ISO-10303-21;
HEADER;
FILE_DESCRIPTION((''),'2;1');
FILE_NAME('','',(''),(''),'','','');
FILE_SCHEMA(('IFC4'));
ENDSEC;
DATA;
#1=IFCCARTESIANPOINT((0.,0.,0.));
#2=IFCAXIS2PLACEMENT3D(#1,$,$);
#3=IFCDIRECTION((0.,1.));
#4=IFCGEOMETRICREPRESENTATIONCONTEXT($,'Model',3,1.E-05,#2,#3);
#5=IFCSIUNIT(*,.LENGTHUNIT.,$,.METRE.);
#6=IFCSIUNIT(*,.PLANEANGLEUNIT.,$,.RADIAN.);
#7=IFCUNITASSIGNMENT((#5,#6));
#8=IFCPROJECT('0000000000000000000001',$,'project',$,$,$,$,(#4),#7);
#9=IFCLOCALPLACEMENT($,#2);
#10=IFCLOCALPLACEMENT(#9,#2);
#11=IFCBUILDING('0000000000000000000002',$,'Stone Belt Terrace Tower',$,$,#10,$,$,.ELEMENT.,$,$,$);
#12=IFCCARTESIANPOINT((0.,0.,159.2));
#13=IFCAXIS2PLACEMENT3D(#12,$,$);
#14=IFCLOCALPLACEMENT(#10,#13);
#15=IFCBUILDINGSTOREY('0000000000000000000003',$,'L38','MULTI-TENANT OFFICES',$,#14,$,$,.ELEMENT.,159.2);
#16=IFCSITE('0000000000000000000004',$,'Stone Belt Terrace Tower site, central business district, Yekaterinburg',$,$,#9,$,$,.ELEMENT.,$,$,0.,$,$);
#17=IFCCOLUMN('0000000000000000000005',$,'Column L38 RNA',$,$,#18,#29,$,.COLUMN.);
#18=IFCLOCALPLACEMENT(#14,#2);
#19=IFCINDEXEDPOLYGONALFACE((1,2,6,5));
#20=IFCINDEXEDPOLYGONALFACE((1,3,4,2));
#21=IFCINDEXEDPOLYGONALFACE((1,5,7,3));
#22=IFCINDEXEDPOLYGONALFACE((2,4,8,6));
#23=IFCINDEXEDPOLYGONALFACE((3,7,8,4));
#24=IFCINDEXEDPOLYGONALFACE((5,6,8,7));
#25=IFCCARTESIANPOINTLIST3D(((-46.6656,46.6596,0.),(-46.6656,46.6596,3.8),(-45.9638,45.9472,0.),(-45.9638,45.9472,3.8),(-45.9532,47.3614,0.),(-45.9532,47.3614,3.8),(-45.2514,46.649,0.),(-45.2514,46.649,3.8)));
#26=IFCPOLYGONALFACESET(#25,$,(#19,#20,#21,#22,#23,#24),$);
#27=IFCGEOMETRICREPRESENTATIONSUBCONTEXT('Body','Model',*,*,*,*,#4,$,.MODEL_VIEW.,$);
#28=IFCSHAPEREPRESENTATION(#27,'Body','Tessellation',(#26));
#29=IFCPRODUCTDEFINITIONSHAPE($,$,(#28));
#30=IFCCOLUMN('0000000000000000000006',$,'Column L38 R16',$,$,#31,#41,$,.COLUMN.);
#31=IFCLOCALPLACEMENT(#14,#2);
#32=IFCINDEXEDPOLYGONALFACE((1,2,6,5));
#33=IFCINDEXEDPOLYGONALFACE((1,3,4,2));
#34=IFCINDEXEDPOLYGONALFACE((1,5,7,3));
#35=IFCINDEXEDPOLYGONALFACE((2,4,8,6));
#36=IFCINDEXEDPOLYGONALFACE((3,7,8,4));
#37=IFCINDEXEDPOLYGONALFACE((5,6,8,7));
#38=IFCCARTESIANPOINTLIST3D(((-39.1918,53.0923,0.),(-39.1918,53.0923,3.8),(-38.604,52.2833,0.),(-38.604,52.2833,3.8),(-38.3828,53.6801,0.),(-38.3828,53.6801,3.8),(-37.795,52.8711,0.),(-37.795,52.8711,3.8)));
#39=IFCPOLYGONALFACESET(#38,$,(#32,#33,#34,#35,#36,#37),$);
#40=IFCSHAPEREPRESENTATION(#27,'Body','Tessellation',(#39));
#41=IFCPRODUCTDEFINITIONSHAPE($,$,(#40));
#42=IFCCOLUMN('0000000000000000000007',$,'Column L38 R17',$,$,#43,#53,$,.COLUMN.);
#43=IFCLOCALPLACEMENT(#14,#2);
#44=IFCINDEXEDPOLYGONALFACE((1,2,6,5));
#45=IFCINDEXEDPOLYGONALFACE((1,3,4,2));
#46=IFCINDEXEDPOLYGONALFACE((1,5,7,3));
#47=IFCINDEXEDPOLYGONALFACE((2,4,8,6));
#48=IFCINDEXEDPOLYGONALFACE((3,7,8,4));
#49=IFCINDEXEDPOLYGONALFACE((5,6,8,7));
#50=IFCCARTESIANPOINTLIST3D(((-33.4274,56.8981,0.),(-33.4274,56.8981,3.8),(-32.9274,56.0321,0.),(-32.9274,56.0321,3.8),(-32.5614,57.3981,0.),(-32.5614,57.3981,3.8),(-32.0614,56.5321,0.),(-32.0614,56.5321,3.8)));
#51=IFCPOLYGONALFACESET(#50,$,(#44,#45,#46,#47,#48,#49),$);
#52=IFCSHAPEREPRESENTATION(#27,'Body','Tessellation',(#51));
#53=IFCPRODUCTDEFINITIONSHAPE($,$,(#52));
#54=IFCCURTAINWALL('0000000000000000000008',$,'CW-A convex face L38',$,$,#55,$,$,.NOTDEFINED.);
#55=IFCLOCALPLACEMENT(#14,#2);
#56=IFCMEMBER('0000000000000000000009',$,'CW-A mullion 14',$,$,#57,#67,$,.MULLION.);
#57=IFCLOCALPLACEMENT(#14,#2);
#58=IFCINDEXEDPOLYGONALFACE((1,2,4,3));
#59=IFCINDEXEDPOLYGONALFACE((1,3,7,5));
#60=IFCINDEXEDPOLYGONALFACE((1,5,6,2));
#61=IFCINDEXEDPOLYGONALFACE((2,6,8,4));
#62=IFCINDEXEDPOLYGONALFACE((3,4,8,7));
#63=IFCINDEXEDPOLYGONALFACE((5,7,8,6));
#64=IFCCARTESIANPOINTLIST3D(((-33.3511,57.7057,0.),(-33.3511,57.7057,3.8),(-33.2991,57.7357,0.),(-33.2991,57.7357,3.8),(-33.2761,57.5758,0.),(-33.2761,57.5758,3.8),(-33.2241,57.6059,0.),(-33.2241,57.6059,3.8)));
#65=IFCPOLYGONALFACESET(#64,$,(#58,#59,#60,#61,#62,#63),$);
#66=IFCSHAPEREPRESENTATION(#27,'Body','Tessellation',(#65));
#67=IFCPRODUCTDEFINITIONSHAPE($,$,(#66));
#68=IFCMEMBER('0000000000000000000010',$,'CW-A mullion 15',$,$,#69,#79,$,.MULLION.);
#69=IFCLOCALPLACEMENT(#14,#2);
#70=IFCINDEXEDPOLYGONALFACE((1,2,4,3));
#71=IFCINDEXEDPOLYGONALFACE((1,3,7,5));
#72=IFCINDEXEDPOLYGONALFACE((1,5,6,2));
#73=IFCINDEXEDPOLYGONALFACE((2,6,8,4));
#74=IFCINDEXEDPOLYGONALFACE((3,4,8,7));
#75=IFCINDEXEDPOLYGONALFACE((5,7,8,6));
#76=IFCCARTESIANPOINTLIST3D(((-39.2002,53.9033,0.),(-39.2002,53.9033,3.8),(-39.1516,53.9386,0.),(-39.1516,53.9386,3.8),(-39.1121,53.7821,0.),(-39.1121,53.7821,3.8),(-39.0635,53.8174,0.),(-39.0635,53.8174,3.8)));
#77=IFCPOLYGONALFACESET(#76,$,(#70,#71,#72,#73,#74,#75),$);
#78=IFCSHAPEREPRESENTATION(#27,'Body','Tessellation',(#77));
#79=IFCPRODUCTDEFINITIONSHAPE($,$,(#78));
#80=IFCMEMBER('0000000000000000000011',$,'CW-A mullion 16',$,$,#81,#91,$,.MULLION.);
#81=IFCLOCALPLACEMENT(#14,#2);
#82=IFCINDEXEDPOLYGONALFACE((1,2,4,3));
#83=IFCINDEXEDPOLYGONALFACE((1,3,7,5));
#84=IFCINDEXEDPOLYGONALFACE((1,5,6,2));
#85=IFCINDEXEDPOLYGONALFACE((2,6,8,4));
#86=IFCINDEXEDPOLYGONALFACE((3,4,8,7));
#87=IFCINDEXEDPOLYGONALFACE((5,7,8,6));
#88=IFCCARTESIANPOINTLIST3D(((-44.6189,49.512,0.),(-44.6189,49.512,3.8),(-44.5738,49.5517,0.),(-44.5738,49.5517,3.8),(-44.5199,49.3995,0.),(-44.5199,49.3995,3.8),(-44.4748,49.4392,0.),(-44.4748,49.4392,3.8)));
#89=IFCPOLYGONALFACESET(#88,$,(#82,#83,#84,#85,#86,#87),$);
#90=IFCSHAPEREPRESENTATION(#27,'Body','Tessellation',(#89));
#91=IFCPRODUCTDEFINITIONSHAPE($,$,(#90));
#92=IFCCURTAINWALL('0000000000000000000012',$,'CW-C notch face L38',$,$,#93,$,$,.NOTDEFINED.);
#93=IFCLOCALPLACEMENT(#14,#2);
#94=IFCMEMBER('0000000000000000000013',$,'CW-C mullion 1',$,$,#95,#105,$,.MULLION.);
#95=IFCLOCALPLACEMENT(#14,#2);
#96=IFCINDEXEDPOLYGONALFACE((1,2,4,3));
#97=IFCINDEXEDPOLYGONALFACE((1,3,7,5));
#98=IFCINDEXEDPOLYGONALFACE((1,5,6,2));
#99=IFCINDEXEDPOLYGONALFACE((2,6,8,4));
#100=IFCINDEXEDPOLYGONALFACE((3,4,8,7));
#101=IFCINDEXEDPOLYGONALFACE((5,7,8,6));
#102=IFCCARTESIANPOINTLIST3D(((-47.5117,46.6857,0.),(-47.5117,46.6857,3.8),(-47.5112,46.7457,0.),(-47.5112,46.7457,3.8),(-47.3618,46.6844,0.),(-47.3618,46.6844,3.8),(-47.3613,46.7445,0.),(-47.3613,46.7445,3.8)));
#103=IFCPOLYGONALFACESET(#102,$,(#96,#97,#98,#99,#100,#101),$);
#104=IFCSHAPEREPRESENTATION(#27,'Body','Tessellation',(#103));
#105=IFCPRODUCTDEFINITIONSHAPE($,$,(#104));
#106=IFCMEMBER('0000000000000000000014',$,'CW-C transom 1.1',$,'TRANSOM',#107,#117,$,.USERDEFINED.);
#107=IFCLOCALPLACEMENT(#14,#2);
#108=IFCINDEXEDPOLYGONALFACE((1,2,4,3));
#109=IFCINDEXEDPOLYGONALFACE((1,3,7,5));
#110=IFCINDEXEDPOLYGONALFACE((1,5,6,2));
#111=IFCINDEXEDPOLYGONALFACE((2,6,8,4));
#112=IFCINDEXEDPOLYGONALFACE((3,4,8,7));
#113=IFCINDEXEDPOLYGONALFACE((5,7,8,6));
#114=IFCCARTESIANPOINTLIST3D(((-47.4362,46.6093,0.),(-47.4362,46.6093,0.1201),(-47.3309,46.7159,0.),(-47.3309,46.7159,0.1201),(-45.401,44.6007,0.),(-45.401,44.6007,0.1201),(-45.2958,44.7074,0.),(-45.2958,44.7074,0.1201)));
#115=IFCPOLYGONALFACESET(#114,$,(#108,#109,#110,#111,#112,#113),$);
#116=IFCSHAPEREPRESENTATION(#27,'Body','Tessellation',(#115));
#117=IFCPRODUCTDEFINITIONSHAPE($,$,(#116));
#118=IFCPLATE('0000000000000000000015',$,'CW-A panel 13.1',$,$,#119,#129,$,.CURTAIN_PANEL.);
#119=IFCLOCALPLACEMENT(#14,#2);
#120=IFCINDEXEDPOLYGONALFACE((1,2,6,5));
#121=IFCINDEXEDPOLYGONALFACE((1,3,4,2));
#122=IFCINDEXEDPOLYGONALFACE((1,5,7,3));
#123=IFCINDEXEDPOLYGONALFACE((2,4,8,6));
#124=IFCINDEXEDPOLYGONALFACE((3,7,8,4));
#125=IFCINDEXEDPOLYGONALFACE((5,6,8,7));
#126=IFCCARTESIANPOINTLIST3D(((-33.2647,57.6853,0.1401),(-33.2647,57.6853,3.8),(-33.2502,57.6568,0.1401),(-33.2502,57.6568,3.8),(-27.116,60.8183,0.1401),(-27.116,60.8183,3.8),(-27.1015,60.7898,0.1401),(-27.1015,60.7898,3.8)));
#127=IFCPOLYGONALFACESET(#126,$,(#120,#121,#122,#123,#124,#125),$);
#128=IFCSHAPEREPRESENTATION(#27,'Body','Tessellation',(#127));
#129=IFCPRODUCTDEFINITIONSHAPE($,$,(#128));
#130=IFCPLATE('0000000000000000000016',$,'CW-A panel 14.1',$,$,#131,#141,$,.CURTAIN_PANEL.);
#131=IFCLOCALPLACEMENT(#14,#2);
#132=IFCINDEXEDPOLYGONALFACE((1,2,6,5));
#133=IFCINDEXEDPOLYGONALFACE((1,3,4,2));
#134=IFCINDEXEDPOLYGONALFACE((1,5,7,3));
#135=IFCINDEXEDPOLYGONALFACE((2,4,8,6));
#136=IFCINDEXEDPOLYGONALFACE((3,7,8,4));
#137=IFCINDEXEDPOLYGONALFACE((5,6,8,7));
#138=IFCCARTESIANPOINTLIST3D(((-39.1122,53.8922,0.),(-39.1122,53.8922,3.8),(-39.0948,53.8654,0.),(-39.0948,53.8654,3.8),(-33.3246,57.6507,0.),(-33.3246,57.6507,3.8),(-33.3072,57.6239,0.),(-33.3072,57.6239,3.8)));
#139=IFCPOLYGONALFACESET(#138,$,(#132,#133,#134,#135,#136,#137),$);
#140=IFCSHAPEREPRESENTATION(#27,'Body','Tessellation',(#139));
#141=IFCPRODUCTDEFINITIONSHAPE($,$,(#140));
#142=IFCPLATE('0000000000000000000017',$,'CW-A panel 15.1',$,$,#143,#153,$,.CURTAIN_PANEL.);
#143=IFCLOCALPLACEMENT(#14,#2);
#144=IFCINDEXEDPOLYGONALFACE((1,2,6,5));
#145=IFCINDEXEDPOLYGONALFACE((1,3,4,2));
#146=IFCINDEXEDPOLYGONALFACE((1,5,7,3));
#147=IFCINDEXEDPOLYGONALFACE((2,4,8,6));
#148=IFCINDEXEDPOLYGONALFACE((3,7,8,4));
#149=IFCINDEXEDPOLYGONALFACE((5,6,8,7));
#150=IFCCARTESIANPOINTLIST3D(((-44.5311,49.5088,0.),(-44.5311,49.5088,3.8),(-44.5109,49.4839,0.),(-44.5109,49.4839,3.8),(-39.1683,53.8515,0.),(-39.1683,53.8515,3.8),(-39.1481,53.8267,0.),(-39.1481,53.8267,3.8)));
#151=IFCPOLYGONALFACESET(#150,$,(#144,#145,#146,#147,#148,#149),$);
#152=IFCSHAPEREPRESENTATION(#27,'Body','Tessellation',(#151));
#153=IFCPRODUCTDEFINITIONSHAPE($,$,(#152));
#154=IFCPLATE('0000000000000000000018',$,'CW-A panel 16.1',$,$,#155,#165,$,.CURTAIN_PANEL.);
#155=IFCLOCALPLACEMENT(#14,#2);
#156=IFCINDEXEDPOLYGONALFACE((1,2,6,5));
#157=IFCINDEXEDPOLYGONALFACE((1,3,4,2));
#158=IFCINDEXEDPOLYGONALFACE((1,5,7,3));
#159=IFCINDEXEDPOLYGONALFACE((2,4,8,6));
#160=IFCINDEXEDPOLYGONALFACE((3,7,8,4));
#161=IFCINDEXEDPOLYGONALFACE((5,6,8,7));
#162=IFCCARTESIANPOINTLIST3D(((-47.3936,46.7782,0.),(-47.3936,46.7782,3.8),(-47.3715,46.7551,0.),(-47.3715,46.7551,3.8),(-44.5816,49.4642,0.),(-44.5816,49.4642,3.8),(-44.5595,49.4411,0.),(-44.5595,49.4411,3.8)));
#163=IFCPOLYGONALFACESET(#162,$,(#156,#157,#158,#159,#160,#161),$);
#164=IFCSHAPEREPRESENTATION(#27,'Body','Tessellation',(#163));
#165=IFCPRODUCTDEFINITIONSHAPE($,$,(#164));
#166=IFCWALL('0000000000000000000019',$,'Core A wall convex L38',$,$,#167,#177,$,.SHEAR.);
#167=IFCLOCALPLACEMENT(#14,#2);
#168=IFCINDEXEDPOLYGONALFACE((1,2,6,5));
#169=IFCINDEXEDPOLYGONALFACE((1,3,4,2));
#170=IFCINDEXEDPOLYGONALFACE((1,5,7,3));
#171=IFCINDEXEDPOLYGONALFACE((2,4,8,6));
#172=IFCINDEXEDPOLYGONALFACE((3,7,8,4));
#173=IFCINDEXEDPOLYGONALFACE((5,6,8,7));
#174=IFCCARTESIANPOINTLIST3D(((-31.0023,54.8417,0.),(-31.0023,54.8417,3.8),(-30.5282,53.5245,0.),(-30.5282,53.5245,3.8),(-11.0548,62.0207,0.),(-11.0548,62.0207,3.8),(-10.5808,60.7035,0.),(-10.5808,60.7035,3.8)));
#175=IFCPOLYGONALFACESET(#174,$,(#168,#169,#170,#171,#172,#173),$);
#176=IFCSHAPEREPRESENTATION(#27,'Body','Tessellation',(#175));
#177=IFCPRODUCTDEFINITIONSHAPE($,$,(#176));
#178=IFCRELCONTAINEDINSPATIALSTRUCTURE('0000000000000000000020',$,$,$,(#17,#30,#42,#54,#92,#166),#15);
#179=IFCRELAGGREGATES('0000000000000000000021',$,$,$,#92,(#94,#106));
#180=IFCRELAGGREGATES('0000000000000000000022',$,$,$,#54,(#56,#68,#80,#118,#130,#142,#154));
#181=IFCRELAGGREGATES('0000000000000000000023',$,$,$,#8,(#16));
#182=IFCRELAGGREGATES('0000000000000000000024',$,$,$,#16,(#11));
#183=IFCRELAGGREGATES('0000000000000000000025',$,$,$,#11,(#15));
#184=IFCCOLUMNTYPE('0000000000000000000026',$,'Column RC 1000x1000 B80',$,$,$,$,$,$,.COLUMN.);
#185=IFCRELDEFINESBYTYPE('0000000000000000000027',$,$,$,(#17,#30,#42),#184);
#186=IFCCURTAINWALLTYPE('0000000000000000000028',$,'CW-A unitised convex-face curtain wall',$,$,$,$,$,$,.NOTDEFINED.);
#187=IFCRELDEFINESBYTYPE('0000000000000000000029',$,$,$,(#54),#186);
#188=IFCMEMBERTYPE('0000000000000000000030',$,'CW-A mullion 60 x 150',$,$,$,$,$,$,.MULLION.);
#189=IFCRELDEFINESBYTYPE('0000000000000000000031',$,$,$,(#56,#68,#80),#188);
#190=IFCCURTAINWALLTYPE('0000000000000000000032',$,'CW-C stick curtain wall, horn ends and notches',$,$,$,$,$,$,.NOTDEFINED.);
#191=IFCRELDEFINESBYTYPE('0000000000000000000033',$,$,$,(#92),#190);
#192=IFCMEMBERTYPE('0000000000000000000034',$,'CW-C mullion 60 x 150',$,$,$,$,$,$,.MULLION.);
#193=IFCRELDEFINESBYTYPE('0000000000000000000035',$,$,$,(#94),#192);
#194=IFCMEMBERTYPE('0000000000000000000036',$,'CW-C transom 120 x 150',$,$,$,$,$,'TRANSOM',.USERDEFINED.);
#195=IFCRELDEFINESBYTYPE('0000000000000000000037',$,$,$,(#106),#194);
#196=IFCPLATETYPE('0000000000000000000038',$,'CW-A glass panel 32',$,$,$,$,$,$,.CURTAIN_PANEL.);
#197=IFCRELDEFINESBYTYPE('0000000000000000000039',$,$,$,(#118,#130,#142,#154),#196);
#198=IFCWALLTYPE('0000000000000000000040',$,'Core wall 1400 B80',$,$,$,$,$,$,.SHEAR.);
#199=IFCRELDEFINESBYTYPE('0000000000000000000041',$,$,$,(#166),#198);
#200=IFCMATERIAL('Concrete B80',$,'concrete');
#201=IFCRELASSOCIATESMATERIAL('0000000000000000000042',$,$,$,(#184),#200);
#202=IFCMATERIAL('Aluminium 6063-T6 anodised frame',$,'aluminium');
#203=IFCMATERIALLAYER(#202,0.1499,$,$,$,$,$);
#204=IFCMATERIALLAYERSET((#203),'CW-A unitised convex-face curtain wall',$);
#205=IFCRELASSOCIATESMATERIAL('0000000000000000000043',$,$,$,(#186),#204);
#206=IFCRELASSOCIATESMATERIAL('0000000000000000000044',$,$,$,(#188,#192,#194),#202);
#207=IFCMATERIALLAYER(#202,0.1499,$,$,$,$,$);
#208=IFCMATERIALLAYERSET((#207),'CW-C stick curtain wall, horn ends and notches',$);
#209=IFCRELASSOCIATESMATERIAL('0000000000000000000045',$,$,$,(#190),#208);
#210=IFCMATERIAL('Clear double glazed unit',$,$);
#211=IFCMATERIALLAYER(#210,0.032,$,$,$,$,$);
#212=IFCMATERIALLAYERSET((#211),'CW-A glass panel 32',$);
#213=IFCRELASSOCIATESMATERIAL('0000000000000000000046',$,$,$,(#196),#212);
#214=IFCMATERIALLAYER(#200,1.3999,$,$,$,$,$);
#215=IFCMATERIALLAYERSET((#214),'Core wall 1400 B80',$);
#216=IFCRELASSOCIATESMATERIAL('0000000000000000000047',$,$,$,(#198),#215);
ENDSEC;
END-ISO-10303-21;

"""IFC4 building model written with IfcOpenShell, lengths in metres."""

from ifc_helpers import new_model, si_unit, direction, frame, frame_2d, origin, origin_2d, place, context, subcontext, project, spatial, rectangle, extrude, material, layer, layer_set, material_profile, profile_set, type_object, element, aggregate, save


model = new_model("IFC4")

# Units and contexts
model_context = context("Model", 3, precision=1e-05, world=origin(), true_north=direction((0.0, 1.0)))
body_context = subcontext(model_context, "Body", "Model", "MODEL_VIEW")
ifc_project = project(units=[si_unit("LENGTHUNIT", "METRE"), si_unit("PLANEANGLEUNIT", "RADIAN")], contexts=[model_context])

# Site, building, storey
site_placement = place(None, origin())
site = spatial("IfcSite", under=ifc_project, at=site_placement, Name="Stone Belt Terrace Tower site, central business district, Yekaterinburg", CompositionType="ELEMENT", RefElevation=0.0)
building_placement = place(site_placement, origin())
building = spatial("IfcBuilding", under=site, at=building_placement, Name="Stone Belt Terrace Tower", CompositionType="ELEMENT")
storey_placement = place(building_placement, frame((0.0, 0.0, 159.2)))
storey = spatial("IfcBuildingStorey", under=building, at=storey_placement, Name="L38", Description="MULTI-TENANT OFFICES", CompositionType="ELEMENT", Elevation=159.2)

# Columns
ifc_material_1 = material(Name="Concrete B80", Category="concrete")
ifc_material_profile_1 = material_profile(ifc_material_1, rectangle(XDim=1.0, YDim=1.0, at=origin_2d()), Name="RC 1000x1000")
ifc_profile_set_1 = profile_set([ifc_material_profile_1], Name="Concrete B80")
column_type = type_object("IfcColumnType", Name="Column RC 1000x1000 B80", PredefinedType="COLUMN", material=ifc_profile_set_1)
for number, where, z_axis, x_axis, name in (
    (1, (-45.9585, 46.6543, 0.0), (0.0, 0.0, 1.0), (0.712398, 0.701775, 0.0), "Column L38 RNA"),
    (2, (-38.4934, 52.9817, 0.0), (0.0, 0.0, 1.0), (0.809017, 0.587785, 0.0), "Column L38 R16"),
    (3, (-32.7444, 56.7151, 0.0), (0.0, 0.0, 1.0), (0.866025, 0.5, 0.0), "Column L38 R17"),
):
    element("IfcColumn", number, at=place(storey_placement, frame(where, z_axis=z_axis, x_axis=x_axis)), inside=storey, type_object=column_type, Name=name, PredefinedType="COLUMN", context=body_context, shape_type="SweptSolid", body=[
        extrude(rectangle(XDim=1.0, YDim=1.0, at=origin_2d()), origin(), (0.0, 0.0, 1.0), 3.8),
    ])

# Curtain walls, members
ifc_material_2 = material(Name="Aluminium 6063-T6 anodised frame", Category="aluminium")
ifc_layer_1 = layer(ifc_material_2, 0.1499)
ifc_layer_set_1 = layer_set([ifc_layer_1], Name="CW-A unitised convex-face curtain wall")
curtain_wall_type_1 = type_object("IfcCurtainWallType", Name="CW-A unitised convex-face curtain wall", PredefinedType="NOTDEFINED", material=ifc_layer_set_1)
curtain_wall_1_placement = place(storey_placement, origin())
curtain_wall_1 = element("IfcCurtainWall", 4, at=curtain_wall_1_placement, inside=storey, type_object=curtain_wall_type_1, Name="CW-A convex face L38", PredefinedType="NOTDEFINED")
ifc_material_profile_2 = material_profile(ifc_material_2, rectangle(XDim=0.1499, YDim=0.0601, at=origin_2d()), Name="Aluminium 6063-T6 60x150")
ifc_profile_set_2 = profile_set([ifc_material_profile_2], Name="Aluminium 6063-T6 anodised frame")
member_type_1 = type_object("IfcMemberType", Name="CW-A mullion 60 x 150", PredefinedType="MULLION", material=ifc_profile_set_2)
member_1_placement = place(storey_placement, frame((-33.2876, 57.6558, 0.0), z_axis=(0.0, 0.0, 1.0), x_axis=(0.5, -0.866025, 0.0)))
member_1 = element("IfcMember", 5, at=member_1_placement, type_object=member_type_1, Name="CW-A mullion 14", PredefinedType="MULLION", context=body_context, shape_type="SweptSolid", body=[
    extrude(rectangle(XDim=0.1499, YDim=0.0601, at=origin_2d()), origin(), (0.0, 0.0, 1.0), 3.8),
])
member_2_placement = place(storey_placement, frame((-39.1318, 53.8604, 0.0), z_axis=(0.0, 0.0, 1.0), x_axis=(0.587785, -0.809017, 0.0)))
member_2 = element("IfcMember", 6, at=member_2_placement, type_object=member_type_1, Name="CW-A mullion 15", PredefinedType="MULLION", context=body_context, shape_type="SweptSolid", body=[
    extrude(rectangle(XDim=0.1499, YDim=0.0601, at=origin_2d()), origin(), (0.0, 0.0, 1.0), 3.8),
])
member_3_placement = place(storey_placement, frame((-44.5469, 49.4756, 0.0), z_axis=(0.0, 0.0, 1.0), x_axis=(0.660573, -0.750761, 0.0)))
member_3 = element("IfcMember", 7, at=member_3_placement, type_object=member_type_1, Name="CW-A mullion 16", PredefinedType="MULLION", context=body_context, shape_type="SweptSolid", body=[
    extrude(rectangle(XDim=0.1499, YDim=0.0601, at=origin_2d()), origin(), (0.0, 0.0, 1.0), 3.8),
])
ifc_layer_2 = layer(ifc_material_2, 0.1499)
ifc_layer_set_2 = layer_set([ifc_layer_2], Name="CW-C stick curtain wall, horn ends and notches")
curtain_wall_type_2 = type_object("IfcCurtainWallType", Name="CW-C stick curtain wall, horn ends and notches", PredefinedType="NOTDEFINED", material=ifc_layer_set_2)
curtain_wall_2_placement = place(storey_placement, origin())
curtain_wall_2 = element("IfcCurtainWall", 8, at=curtain_wall_2_placement, inside=storey, type_object=curtain_wall_type_2, Name="CW-C notch face L38", PredefinedType="NOTDEFINED")
ifc_material_profile_3 = material_profile(ifc_material_2, rectangle(XDim=0.1499, YDim=0.0601, at=origin_2d()), Name="Aluminium 6063-T6 60x150")
ifc_profile_set_3 = profile_set([ifc_material_profile_3], Name="Aluminium 6063-T6 anodised frame")
member_type_2 = type_object("IfcMemberType", Name="CW-C mullion 60 x 150", PredefinedType="MULLION", material=ifc_profile_set_3)
member_4_placement = place(storey_placement, frame((-47.4365, 46.7151, 0.0), z_axis=(0.0, 0.0, 1.0), x_axis=(0.999966, -0.008188, 0.0)))
member_4 = element("IfcMember", 9, at=member_4_placement, type_object=member_type_2, Name="CW-C mullion 1", PredefinedType="MULLION", context=body_context, shape_type="SweptSolid", body=[
    extrude(rectangle(XDim=0.1499, YDim=0.0601, at=origin_2d()), origin(), (0.0, 0.0, 1.0), 3.8),
])
ifc_material_profile_4 = material_profile(ifc_material_2, rectangle(XDim=0.1499, YDim=0.1201, at=origin_2d()), Name="Aluminium 6063-T6 150x120")
ifc_profile_set_4 = profile_set([ifc_material_profile_4], Name="Aluminium 6063-T6 anodised frame")
member_type_3 = type_object("IfcMemberType", Name="CW-C transom 120 x 150", ElementType="TRANSOM", PredefinedType="USERDEFINED", material=ifc_profile_set_4)
member_5_placement = place(storey_placement, frame((-47.3835, 46.6626, 0.0601), z_axis=(0.711745, -0.702438, 0.0), x_axis=(0.702438, 0.711745, 0.0)))
member_5 = element("IfcMember", 10, at=member_5_placement, type_object=member_type_3, Name="CW-C transom 1.1", ObjectType="TRANSOM", PredefinedType="USERDEFINED", context=body_context, shape_type="SweptSolid", body=[
    extrude(rectangle(XDim=0.1499, YDim=0.1201, at=origin_2d()), origin(), (0.0, 0.0, 1.0), 2.8594),
])
aggregate(curtain_wall_2, [member_4, member_5])

# Plates
ifc_material_3 = material(Name="Clear double glazed unit")
ifc_layer_3 = layer(ifc_material_3, 0.032)
ifc_layer_set_3 = layer_set([ifc_layer_3], Name="CW-A glass panel 32")
plate_type = type_object("IfcPlateType", Name="CW-A glass panel 32", PredefinedType="CURTAIN_PANEL", material=ifc_layer_set_3)
plate_1_placement = place(storey_placement, frame((-30.1831, 59.2375, 0.1401), z_axis=(0.0, 0.0, 1.0), x_axis=(-0.891007, -0.45399, 0.0)))
plate_1 = element("IfcPlate", 11, at=plate_1_placement, type_object=plate_type, Name="CW-A panel 13.1", PredefinedType="CURTAIN_PANEL", context=body_context, shape_type="SweptSolid", body=[
    extrude(rectangle(XDim=6.9009, YDim=0.032, at=origin_2d()), origin(), (0.0, 0.0, 1.0), 3.6599),
])
plate_2_placement = place(storey_placement, frame((-36.2097, 55.7581, 0.0), z_axis=(0.0, 0.0, 1.0), x_axis=(-0.838671, -0.544639, 0.0)))
plate_2 = element("IfcPlate", 12, at=plate_2_placement, type_object=plate_type, Name="CW-A panel 14.1", PredefinedType="CURTAIN_PANEL", context=body_context, shape_type="SweptSolid", body=[
    extrude(rectangle(XDim=6.9009, YDim=0.032, at=origin_2d()), origin(), (0.0, 0.0, 1.0), 3.8),
])
plate_3_placement = place(storey_placement, frame((-41.8396, 51.6677, 0.0), z_axis=(0.0, 0.0, 1.0), x_axis=(-0.777146, -0.62932, 0.0)))
plate_3 = element("IfcPlate", 13, at=plate_3_placement, type_object=plate_type, Name="CW-A panel 15.1", PredefinedType="CURTAIN_PANEL", context=body_context, shape_type="SweptSolid", body=[
    extrude(rectangle(XDim=6.9006, YDim=0.032, at=origin_2d()), origin(), (0.0, 0.0, 1.0), 3.8),
])
plate_4_placement = place(storey_placement, frame((-45.9766, 48.1096, 0.0), z_axis=(0.0, 0.0, 1.0), x_axis=(-0.723121, -0.690721, 0.0)))
plate_4 = element("IfcPlate", 14, at=plate_4_placement, type_object=plate_type, Name="CW-A panel 16.1", PredefinedType="CURTAIN_PANEL", context=body_context, shape_type="SweptSolid", body=[
    extrude(rectangle(XDim=3.8887, YDim=0.032, at=origin_2d()), origin(), (0.0, 0.0, 1.0), 3.8),
])
aggregate(curtain_wall_1, [member_1, member_2, member_3, plate_1, plate_2, plate_3, plate_4])

# Wall
ifc_layer_4 = layer(ifc_material_1, 1.3999)
ifc_layer_set_4 = layer_set([ifc_layer_4], Name="Core wall 1400 B80")
wall_type_1 = type_object("IfcWallType", Name="Core wall 1400 B80", PredefinedType="SHEAR", material=ifc_layer_set_4)
wall_1_placement = place(storey_placement, frame((-30.7654, 54.1831, 0.0), z_axis=(0.0, 0.0, 1.0), x_axis=(0.94092, 0.33863, 0.0)))
element("IfcWall", 15, at=wall_1_placement, inside=storey, type_object=wall_type_1, Name="Core A wall convex L38", PredefinedType="SHEAR", context=body_context, shape_type="SweptSolid", body=[
    extrude(rectangle(XDim=21.2, YDim=1.3999, at=frame_2d((10.6001, 0.0))), origin(), (0.0, 0.0, 1.0), 3.8),
])

save(model, "model.ifc")
